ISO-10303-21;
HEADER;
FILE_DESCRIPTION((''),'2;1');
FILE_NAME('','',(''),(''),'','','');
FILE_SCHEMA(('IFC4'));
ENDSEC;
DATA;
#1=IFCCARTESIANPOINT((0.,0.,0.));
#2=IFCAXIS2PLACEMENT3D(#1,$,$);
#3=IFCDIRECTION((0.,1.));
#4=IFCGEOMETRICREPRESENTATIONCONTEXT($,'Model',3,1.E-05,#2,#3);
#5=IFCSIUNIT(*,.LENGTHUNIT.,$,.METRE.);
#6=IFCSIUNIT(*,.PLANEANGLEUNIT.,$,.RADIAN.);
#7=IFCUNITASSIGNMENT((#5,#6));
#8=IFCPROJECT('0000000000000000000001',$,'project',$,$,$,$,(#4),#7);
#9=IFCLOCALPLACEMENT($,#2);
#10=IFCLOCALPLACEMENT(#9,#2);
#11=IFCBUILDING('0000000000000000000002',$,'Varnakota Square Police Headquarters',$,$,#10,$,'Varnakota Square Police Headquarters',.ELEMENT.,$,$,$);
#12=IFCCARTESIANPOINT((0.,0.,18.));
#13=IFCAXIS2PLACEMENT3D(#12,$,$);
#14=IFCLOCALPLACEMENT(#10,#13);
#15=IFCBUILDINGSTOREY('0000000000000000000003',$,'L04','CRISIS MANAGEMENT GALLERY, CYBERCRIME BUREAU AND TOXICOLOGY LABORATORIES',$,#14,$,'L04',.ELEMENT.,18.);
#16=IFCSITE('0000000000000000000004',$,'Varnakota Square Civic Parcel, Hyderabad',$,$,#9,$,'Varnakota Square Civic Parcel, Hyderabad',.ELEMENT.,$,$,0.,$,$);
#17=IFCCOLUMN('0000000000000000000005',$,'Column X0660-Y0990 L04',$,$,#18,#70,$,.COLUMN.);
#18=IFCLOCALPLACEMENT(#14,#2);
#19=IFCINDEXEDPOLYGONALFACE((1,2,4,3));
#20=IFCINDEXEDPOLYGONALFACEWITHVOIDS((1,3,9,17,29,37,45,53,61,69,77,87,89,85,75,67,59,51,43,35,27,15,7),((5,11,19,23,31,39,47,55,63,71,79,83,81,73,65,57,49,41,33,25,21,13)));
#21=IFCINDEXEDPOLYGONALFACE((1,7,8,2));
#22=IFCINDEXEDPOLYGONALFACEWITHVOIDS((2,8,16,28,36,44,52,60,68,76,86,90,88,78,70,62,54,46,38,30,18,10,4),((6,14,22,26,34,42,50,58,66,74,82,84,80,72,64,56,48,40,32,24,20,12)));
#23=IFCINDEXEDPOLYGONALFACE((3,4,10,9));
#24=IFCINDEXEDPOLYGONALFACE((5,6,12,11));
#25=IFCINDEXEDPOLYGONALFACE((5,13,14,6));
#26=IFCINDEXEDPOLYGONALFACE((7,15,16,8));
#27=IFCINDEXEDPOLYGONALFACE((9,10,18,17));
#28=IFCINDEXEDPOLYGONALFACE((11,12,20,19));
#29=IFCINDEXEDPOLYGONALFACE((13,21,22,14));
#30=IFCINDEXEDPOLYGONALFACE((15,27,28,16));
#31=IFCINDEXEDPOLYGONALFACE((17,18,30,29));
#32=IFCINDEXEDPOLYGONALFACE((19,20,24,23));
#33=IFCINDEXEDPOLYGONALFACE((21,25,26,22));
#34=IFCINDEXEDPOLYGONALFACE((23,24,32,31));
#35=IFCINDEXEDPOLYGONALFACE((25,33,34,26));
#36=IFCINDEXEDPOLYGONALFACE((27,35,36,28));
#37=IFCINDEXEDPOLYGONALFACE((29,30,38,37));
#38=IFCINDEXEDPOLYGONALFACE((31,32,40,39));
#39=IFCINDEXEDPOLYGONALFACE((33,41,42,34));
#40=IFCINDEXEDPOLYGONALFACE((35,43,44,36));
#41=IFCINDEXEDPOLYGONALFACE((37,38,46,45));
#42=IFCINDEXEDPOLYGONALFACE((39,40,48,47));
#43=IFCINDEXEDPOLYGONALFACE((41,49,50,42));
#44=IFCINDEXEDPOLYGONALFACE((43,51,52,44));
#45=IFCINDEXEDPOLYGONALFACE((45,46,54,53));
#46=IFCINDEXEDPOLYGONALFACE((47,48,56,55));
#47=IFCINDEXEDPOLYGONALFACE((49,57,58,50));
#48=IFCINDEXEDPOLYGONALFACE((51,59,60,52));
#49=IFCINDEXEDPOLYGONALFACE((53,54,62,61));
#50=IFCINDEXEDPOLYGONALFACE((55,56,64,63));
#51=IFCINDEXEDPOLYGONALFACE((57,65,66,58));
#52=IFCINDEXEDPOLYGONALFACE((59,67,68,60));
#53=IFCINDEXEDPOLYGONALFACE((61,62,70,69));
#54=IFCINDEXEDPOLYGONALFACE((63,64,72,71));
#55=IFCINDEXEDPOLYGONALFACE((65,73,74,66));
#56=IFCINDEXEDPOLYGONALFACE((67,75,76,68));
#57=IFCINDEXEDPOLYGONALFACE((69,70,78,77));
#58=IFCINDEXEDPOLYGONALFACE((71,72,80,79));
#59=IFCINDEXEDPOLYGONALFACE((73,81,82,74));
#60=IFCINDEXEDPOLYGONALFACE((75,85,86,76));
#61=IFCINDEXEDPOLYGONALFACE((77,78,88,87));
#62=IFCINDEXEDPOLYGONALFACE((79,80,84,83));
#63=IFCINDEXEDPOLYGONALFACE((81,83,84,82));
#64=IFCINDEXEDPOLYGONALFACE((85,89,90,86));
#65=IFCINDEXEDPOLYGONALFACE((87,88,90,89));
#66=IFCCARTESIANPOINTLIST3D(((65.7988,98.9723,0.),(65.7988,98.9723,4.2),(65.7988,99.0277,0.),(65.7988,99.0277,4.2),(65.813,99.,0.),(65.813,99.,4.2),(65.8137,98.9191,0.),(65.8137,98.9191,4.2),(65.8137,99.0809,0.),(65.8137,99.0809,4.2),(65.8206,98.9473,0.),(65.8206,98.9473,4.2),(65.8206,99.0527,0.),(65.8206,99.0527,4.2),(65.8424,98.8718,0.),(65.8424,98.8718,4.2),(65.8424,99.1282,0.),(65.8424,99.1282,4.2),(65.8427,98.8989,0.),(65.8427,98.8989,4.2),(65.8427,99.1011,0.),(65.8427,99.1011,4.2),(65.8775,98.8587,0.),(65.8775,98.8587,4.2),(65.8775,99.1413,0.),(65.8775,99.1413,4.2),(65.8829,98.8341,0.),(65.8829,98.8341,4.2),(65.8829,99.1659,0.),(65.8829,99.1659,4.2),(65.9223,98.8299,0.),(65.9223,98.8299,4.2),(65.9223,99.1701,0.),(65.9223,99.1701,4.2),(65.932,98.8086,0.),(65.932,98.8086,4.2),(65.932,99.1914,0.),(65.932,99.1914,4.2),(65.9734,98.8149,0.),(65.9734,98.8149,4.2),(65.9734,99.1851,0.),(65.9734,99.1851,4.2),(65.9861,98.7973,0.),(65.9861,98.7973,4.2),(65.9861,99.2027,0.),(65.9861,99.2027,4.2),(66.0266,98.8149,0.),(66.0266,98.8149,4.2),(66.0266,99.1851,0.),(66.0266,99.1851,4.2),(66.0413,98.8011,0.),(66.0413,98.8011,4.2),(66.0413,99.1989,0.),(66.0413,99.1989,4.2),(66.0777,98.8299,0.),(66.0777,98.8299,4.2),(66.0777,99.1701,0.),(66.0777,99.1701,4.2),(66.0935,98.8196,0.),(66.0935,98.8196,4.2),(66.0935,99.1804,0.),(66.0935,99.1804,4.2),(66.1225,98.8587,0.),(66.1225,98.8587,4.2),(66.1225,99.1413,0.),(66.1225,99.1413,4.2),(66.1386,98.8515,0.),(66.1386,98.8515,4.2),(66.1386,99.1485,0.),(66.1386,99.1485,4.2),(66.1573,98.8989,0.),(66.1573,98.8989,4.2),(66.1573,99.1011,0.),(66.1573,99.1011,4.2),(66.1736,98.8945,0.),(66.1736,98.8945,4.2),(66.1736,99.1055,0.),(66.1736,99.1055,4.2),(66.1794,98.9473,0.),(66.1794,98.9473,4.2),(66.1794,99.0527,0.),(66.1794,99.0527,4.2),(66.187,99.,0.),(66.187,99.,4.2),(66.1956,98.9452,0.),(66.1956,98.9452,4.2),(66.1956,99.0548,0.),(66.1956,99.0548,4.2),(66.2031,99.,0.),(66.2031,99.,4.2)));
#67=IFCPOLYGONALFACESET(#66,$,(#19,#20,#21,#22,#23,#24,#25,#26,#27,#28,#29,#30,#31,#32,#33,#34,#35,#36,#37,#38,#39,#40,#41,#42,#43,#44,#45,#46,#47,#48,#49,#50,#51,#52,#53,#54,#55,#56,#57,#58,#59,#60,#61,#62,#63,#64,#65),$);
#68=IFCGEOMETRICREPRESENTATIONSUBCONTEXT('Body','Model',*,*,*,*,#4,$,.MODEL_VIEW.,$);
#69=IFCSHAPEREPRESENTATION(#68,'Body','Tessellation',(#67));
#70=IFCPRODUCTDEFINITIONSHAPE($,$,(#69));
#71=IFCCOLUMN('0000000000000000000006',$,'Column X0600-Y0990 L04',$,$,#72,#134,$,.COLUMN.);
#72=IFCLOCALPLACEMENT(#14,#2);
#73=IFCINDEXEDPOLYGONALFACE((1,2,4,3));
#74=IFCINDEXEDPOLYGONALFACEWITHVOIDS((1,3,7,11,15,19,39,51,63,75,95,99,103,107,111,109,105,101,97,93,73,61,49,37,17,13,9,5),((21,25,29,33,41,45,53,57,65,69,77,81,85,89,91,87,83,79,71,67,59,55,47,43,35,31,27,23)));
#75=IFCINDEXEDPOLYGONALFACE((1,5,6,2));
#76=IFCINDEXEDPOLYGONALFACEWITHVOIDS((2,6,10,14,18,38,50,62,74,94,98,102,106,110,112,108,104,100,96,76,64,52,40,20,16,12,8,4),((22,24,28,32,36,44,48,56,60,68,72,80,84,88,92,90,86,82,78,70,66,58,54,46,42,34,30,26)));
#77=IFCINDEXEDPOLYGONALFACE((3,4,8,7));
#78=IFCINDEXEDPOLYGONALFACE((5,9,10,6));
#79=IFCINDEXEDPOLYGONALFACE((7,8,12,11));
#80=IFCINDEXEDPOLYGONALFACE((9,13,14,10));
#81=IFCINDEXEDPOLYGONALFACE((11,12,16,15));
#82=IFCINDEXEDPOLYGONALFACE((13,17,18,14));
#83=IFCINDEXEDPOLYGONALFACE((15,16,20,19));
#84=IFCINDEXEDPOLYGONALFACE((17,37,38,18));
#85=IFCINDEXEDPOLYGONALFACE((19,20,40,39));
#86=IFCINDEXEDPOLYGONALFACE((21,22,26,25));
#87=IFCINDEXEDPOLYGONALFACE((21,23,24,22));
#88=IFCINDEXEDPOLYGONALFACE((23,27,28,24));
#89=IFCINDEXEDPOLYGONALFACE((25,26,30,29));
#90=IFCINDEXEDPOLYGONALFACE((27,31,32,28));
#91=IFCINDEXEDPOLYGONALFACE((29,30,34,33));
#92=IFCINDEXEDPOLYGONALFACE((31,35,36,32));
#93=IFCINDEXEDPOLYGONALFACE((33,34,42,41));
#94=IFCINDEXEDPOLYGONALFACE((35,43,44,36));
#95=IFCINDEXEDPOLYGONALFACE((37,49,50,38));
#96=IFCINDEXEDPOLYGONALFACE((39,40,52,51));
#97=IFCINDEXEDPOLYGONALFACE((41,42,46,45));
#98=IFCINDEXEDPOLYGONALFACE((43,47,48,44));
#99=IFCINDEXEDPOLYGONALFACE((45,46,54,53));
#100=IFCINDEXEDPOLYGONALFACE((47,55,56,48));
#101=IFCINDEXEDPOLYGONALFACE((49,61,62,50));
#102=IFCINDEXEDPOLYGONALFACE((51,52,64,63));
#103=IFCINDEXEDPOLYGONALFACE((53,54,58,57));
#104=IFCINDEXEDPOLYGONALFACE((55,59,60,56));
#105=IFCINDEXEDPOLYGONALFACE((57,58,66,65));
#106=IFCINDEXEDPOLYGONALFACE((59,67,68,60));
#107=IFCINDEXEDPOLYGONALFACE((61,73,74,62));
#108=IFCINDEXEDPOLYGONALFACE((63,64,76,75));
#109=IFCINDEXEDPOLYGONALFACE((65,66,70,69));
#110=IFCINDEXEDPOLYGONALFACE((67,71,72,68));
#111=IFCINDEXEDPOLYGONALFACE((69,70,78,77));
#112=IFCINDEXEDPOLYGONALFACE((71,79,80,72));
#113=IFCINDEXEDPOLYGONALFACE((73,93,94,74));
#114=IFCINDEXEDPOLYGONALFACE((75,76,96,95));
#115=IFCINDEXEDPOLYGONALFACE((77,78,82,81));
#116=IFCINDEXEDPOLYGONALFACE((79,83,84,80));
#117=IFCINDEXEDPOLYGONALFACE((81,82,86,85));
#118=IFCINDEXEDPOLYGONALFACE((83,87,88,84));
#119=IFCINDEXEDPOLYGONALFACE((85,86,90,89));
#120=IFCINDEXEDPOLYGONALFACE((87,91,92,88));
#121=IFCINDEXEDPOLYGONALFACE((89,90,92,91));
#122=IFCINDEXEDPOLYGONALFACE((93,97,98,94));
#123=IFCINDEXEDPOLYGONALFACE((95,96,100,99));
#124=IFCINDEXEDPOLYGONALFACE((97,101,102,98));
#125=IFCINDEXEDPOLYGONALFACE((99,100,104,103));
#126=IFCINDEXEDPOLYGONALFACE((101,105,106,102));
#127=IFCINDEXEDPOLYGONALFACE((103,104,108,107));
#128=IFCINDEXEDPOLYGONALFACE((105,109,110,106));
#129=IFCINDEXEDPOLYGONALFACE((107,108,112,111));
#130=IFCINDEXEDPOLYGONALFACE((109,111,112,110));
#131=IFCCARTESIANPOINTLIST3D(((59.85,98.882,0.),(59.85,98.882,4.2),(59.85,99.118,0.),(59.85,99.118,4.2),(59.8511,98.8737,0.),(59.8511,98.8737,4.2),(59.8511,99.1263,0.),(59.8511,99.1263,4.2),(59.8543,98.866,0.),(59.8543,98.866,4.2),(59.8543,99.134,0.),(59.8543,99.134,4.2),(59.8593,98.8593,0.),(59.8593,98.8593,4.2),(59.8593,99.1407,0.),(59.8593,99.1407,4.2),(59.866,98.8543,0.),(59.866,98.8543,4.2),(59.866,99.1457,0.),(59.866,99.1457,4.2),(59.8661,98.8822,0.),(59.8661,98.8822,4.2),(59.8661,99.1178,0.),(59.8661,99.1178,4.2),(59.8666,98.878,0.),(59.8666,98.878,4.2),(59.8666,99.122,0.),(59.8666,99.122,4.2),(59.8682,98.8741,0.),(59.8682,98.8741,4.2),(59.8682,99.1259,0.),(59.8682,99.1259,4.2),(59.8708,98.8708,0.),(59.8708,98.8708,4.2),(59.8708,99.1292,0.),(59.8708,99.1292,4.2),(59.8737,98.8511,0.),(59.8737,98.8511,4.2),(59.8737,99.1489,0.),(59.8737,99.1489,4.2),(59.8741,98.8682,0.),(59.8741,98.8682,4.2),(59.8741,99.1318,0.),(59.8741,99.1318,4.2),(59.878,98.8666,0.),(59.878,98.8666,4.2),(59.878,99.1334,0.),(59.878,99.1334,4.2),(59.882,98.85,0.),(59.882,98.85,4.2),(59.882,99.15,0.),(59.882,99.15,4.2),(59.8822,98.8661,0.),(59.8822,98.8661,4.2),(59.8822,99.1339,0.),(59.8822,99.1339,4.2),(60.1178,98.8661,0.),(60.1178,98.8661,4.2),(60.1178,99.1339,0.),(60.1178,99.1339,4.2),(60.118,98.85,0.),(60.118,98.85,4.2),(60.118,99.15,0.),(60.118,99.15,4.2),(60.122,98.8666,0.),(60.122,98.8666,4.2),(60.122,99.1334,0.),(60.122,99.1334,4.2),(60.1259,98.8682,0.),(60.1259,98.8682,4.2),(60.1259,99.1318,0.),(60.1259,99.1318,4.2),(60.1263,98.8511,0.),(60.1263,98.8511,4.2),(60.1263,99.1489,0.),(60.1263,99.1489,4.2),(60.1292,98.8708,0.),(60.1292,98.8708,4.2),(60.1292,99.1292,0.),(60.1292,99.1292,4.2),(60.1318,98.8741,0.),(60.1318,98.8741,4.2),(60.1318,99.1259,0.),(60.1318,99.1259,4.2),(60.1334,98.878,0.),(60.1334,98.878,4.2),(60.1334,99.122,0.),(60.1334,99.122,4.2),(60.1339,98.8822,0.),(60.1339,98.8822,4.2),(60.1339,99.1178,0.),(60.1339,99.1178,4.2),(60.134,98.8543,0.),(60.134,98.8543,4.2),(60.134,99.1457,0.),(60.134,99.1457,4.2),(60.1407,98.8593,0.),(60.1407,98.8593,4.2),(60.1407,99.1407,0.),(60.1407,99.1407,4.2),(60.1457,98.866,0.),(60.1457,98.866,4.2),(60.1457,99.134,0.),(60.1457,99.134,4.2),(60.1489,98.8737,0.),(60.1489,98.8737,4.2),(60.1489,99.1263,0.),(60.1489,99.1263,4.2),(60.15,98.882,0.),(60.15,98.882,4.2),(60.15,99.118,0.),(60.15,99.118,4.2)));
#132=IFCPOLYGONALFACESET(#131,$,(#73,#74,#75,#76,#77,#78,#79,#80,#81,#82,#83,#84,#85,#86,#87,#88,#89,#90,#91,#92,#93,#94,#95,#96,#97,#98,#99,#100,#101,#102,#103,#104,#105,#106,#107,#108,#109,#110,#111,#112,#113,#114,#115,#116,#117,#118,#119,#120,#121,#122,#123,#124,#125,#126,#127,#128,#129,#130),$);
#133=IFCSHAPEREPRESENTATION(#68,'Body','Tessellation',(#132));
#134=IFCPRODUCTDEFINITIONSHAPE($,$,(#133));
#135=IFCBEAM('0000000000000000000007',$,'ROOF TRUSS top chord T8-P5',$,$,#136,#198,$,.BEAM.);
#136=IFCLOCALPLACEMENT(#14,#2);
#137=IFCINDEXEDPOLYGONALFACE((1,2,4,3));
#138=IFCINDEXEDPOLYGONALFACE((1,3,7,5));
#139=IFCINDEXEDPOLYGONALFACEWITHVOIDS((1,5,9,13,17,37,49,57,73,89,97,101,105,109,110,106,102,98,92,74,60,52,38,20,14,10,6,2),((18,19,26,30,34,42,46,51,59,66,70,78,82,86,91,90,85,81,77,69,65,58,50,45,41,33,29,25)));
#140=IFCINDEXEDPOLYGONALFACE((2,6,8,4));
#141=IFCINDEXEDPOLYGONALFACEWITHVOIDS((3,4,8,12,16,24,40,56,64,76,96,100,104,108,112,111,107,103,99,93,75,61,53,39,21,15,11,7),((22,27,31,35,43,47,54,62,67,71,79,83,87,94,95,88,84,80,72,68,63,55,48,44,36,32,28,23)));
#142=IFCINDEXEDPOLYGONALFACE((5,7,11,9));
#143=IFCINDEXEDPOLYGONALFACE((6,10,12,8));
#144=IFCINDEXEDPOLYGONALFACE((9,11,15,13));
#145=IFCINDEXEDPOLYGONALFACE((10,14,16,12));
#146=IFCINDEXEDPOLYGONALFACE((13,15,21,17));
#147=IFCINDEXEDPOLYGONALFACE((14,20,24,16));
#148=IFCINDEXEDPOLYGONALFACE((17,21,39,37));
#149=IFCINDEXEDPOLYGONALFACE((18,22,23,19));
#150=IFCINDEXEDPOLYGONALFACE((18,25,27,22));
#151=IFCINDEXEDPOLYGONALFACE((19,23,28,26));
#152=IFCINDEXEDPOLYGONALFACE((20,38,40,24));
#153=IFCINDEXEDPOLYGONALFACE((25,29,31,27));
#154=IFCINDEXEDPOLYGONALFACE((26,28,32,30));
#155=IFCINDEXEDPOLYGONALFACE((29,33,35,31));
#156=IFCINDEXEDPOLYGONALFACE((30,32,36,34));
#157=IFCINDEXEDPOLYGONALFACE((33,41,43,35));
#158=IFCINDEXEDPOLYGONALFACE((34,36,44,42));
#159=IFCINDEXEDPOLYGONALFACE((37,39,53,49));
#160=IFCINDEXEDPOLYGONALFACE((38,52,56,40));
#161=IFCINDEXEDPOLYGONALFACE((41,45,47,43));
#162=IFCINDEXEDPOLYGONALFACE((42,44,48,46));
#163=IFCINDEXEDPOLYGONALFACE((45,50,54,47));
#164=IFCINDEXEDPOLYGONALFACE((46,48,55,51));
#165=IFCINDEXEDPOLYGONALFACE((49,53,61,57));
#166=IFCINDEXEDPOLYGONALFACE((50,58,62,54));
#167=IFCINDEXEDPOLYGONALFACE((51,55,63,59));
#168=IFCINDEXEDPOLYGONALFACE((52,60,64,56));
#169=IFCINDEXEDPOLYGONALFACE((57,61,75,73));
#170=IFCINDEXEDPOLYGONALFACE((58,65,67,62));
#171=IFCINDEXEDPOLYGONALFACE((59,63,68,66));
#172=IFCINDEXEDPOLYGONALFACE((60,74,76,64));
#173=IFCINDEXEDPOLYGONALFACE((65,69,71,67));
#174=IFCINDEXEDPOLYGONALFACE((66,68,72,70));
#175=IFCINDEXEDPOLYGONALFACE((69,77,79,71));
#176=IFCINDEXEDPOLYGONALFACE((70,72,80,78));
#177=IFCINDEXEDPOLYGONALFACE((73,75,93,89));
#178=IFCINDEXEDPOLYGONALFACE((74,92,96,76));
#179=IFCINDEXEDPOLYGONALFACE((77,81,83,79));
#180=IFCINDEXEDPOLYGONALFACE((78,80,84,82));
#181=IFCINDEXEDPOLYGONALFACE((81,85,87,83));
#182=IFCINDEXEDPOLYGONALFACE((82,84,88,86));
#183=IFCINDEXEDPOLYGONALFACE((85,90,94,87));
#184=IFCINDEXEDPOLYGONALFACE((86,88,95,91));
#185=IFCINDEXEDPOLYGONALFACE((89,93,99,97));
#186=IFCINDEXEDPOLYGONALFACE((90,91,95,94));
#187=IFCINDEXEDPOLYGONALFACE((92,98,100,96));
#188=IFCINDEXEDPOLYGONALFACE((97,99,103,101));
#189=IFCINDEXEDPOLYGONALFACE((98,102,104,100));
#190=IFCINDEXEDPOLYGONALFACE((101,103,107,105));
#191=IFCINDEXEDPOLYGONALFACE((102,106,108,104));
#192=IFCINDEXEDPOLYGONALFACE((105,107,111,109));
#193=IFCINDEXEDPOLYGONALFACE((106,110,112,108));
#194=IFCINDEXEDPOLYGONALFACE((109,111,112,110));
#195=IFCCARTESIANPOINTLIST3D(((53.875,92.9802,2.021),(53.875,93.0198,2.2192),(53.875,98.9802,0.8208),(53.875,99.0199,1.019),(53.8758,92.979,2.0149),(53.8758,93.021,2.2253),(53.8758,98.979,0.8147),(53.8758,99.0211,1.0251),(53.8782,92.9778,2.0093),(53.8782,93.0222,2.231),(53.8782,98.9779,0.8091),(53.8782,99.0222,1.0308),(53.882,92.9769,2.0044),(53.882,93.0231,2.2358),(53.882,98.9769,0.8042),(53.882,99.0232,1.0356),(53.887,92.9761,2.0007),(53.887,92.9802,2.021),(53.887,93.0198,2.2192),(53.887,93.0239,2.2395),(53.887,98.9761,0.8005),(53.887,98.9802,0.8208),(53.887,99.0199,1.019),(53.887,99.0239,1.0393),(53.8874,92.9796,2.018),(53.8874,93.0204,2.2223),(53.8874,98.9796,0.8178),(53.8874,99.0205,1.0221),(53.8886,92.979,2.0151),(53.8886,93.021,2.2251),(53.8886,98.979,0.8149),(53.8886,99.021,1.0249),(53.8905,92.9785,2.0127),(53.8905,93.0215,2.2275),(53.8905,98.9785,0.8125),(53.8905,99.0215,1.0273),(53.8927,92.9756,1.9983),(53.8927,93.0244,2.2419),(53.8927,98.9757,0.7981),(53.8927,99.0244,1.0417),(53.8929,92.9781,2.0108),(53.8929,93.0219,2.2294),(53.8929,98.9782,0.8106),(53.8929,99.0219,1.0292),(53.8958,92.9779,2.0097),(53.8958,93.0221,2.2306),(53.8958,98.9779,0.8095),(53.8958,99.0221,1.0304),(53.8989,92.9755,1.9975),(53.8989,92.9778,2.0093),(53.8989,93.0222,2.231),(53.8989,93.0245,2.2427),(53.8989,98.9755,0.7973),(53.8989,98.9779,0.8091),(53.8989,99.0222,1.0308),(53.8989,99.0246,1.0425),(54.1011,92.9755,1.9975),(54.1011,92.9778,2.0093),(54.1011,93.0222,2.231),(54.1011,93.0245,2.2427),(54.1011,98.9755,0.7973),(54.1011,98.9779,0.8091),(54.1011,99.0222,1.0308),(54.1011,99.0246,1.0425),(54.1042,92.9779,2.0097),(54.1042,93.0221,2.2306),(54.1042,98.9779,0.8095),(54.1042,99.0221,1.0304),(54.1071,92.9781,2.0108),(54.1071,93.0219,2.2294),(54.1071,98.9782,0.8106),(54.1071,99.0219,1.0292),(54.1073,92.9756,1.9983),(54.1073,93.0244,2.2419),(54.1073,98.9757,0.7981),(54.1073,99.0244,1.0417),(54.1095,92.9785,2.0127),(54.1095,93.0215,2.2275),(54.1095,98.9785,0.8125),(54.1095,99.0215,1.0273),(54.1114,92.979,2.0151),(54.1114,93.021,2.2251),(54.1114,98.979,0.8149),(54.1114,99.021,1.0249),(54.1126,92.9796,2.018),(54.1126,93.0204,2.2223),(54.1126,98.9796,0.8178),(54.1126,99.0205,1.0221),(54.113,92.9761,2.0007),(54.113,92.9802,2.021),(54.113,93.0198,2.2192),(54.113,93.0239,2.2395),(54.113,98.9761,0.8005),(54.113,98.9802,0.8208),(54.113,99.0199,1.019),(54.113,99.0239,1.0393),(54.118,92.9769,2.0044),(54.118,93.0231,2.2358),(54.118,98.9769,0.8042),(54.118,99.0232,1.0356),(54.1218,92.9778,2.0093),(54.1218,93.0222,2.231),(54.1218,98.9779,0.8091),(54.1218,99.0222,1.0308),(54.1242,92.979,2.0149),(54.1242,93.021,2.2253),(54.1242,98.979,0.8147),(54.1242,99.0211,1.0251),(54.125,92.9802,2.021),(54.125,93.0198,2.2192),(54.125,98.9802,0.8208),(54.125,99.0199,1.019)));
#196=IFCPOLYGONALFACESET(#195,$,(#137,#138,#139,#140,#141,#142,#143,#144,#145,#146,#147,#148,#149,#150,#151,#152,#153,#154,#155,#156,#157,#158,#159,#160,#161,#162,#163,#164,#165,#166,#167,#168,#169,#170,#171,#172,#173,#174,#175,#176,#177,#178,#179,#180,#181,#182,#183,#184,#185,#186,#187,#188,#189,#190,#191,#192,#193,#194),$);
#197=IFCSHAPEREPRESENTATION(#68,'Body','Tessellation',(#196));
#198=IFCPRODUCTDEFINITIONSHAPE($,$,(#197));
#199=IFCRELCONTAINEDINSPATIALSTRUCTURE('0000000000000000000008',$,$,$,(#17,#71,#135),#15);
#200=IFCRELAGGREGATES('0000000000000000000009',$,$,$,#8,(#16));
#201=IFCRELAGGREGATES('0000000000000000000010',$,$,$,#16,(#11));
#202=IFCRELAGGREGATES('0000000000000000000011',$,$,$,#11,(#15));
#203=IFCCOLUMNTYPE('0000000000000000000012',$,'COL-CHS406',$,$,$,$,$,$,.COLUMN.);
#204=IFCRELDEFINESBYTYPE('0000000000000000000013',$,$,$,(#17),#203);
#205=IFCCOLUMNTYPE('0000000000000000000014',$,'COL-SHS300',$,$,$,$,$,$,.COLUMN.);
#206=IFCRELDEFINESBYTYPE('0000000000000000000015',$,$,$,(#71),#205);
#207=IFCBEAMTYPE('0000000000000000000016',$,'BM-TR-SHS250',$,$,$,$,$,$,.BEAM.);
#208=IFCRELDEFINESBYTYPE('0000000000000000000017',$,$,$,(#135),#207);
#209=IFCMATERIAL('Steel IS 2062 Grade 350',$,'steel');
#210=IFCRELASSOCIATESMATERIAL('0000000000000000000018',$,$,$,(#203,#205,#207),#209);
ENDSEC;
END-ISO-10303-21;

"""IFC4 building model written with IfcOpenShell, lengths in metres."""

from ifc_helpers import new_model, si_unit, direction, frame, origin, origin_2d, place, context, subcontext, project, spatial, hollow_rectangle, hollow_circle, extrude, material, material_profile, profile_set, type_object, element, save


model = new_model("IFC4")

# Units and contexts
model_context = context("Model", 3, precision=1e-05, world=origin(), true_north=direction((0.0, 1.0)))
body_context = subcontext(model_context, "Body", "Model", "MODEL_VIEW")
ifc_project = project(units=[si_unit("LENGTHUNIT", "METRE"), si_unit("PLANEANGLEUNIT", "RADIAN")], contexts=[model_context])

# Site, building, storey
site_placement = place(None, origin())
site = spatial("IfcSite", under=ifc_project, at=site_placement, Name="Varnakota Square Civic Parcel, Hyderabad", LongName="Varnakota Square Civic Parcel, Hyderabad", CompositionType="ELEMENT", RefElevation=0.0)
building_placement = place(site_placement, origin())
building = spatial("IfcBuilding", under=site, at=building_placement, Name="Varnakota Square Police Headquarters", LongName="Varnakota Square Police Headquarters", CompositionType="ELEMENT")
storey_placement = place(building_placement, frame((0.0, 0.0, 18.0)))
storey = spatial("IfcBuildingStorey", under=building, at=storey_placement, Name="L04", Description="CRISIS MANAGEMENT GALLERY, CYBERCRIME BUREAU AND TOXICOLOGY LABORATORIES", LongName="L04", CompositionType="ELEMENT", Elevation=18.0)

# Columns
ifc_material_1 = material(Name="Steel IS 2062 Grade 350", Category="steel")
ifc_material_profile_1 = material_profile(ifc_material_1, hollow_circle(Radius=0.2031, WallThickness=0.0161, at=origin_2d()), Name="CHS 406.4x16.0")
ifc_profile_set_1 = profile_set([ifc_material_profile_1], Name="Steel IS 2062 Grade 350")
column_type_1 = type_object("IfcColumnType", Name="COL-CHS406", PredefinedType="COLUMN", material=ifc_profile_set_1)
column_1_placement = place(storey_placement, frame((66.0, 99.0, 0.0), z_axis=(0.0, 0.0, 1.0), x_axis=(1.0, 0.0, 0.0)))
element("IfcColumn", 1, at=column_1_placement, inside=storey, type_object=column_type_1, Name="Column X0660-Y0990 L04", PredefinedType="COLUMN", context=body_context, shape_type="SweptSolid", body=[
    extrude(hollow_circle(Radius=0.2031, WallThickness=0.0161, at=origin_2d()), origin(), (0.0, 0.0, 1.0), 4.2),
])
ifc_material_profile_2 = material_profile(ifc_material_1, hollow_rectangle(XDim=0.3, YDim=0.3, WallThickness=0.0161, InnerFilletRadius=0.0161, OuterFilletRadius=0.032, at=origin_2d()), Name="SHS 300x300x16")
ifc_profile_set_2 = profile_set([ifc_material_profile_2], Name="Steel IS 2062 Grade 350")
column_type_2 = type_object("IfcColumnType", Name="COL-SHS300", PredefinedType="COLUMN", material=ifc_profile_set_2)
column_2_placement = place(storey_placement, frame((60.0, 99.0, 0.0), z_axis=(0.0, 0.0, 1.0), x_axis=(1.0, 0.0, 0.0)))
element("IfcColumn", 2, at=column_2_placement, inside=storey, type_object=column_type_2, Name="Column X0600-Y0990 L04", PredefinedType="COLUMN", context=body_context, shape_type="SweptSolid", body=[
    extrude(hollow_rectangle(XDim=0.3, YDim=0.3, WallThickness=0.0161, InnerFilletRadius=0.0161, OuterFilletRadius=0.032, at=origin_2d()), origin(), (0.0, 0.0, 1.0), 4.2),
])

# Beam
ifc_material_profile_3 = material_profile(ifc_material_1, hollow_rectangle(XDim=0.25, YDim=0.25, WallThickness=0.012, InnerFilletRadius=0.012, OuterFilletRadius=0.0239, at=origin_2d()), Name="SHS 250x250x12")
ifc_profile_set_3 = profile_set([ifc_material_profile_3], Name="Steel IS 2062 Grade 350")
beam_type_1 = type_object("IfcBeamType", Name="BM-TR-SHS250", PredefinedType="BEAM", material=ifc_profile_set_3)
beam_1_placement = place(storey_placement, frame((54.0, 93.0, 2.1201), z_axis=(0.0, 0.980575, -0.196147), x_axis=(-1.0, 0.0, 0.0)))
element("IfcBeam", 3, at=beam_1_placement, inside=storey, type_object=beam_type_1, Name="ROOF TRUSS top chord T8-P5", PredefinedType="BEAM", context=body_context, shape_type="SweptSolid", body=[
    extrude(hollow_rectangle(XDim=0.25, YDim=0.25, WallThickness=0.012, InnerFilletRadius=0.012, OuterFilletRadius=0.0239, at=origin_2d()), origin(), (0.0, 0.0, 1.0), 6.1189),
])

save(model, "model.ifc")
